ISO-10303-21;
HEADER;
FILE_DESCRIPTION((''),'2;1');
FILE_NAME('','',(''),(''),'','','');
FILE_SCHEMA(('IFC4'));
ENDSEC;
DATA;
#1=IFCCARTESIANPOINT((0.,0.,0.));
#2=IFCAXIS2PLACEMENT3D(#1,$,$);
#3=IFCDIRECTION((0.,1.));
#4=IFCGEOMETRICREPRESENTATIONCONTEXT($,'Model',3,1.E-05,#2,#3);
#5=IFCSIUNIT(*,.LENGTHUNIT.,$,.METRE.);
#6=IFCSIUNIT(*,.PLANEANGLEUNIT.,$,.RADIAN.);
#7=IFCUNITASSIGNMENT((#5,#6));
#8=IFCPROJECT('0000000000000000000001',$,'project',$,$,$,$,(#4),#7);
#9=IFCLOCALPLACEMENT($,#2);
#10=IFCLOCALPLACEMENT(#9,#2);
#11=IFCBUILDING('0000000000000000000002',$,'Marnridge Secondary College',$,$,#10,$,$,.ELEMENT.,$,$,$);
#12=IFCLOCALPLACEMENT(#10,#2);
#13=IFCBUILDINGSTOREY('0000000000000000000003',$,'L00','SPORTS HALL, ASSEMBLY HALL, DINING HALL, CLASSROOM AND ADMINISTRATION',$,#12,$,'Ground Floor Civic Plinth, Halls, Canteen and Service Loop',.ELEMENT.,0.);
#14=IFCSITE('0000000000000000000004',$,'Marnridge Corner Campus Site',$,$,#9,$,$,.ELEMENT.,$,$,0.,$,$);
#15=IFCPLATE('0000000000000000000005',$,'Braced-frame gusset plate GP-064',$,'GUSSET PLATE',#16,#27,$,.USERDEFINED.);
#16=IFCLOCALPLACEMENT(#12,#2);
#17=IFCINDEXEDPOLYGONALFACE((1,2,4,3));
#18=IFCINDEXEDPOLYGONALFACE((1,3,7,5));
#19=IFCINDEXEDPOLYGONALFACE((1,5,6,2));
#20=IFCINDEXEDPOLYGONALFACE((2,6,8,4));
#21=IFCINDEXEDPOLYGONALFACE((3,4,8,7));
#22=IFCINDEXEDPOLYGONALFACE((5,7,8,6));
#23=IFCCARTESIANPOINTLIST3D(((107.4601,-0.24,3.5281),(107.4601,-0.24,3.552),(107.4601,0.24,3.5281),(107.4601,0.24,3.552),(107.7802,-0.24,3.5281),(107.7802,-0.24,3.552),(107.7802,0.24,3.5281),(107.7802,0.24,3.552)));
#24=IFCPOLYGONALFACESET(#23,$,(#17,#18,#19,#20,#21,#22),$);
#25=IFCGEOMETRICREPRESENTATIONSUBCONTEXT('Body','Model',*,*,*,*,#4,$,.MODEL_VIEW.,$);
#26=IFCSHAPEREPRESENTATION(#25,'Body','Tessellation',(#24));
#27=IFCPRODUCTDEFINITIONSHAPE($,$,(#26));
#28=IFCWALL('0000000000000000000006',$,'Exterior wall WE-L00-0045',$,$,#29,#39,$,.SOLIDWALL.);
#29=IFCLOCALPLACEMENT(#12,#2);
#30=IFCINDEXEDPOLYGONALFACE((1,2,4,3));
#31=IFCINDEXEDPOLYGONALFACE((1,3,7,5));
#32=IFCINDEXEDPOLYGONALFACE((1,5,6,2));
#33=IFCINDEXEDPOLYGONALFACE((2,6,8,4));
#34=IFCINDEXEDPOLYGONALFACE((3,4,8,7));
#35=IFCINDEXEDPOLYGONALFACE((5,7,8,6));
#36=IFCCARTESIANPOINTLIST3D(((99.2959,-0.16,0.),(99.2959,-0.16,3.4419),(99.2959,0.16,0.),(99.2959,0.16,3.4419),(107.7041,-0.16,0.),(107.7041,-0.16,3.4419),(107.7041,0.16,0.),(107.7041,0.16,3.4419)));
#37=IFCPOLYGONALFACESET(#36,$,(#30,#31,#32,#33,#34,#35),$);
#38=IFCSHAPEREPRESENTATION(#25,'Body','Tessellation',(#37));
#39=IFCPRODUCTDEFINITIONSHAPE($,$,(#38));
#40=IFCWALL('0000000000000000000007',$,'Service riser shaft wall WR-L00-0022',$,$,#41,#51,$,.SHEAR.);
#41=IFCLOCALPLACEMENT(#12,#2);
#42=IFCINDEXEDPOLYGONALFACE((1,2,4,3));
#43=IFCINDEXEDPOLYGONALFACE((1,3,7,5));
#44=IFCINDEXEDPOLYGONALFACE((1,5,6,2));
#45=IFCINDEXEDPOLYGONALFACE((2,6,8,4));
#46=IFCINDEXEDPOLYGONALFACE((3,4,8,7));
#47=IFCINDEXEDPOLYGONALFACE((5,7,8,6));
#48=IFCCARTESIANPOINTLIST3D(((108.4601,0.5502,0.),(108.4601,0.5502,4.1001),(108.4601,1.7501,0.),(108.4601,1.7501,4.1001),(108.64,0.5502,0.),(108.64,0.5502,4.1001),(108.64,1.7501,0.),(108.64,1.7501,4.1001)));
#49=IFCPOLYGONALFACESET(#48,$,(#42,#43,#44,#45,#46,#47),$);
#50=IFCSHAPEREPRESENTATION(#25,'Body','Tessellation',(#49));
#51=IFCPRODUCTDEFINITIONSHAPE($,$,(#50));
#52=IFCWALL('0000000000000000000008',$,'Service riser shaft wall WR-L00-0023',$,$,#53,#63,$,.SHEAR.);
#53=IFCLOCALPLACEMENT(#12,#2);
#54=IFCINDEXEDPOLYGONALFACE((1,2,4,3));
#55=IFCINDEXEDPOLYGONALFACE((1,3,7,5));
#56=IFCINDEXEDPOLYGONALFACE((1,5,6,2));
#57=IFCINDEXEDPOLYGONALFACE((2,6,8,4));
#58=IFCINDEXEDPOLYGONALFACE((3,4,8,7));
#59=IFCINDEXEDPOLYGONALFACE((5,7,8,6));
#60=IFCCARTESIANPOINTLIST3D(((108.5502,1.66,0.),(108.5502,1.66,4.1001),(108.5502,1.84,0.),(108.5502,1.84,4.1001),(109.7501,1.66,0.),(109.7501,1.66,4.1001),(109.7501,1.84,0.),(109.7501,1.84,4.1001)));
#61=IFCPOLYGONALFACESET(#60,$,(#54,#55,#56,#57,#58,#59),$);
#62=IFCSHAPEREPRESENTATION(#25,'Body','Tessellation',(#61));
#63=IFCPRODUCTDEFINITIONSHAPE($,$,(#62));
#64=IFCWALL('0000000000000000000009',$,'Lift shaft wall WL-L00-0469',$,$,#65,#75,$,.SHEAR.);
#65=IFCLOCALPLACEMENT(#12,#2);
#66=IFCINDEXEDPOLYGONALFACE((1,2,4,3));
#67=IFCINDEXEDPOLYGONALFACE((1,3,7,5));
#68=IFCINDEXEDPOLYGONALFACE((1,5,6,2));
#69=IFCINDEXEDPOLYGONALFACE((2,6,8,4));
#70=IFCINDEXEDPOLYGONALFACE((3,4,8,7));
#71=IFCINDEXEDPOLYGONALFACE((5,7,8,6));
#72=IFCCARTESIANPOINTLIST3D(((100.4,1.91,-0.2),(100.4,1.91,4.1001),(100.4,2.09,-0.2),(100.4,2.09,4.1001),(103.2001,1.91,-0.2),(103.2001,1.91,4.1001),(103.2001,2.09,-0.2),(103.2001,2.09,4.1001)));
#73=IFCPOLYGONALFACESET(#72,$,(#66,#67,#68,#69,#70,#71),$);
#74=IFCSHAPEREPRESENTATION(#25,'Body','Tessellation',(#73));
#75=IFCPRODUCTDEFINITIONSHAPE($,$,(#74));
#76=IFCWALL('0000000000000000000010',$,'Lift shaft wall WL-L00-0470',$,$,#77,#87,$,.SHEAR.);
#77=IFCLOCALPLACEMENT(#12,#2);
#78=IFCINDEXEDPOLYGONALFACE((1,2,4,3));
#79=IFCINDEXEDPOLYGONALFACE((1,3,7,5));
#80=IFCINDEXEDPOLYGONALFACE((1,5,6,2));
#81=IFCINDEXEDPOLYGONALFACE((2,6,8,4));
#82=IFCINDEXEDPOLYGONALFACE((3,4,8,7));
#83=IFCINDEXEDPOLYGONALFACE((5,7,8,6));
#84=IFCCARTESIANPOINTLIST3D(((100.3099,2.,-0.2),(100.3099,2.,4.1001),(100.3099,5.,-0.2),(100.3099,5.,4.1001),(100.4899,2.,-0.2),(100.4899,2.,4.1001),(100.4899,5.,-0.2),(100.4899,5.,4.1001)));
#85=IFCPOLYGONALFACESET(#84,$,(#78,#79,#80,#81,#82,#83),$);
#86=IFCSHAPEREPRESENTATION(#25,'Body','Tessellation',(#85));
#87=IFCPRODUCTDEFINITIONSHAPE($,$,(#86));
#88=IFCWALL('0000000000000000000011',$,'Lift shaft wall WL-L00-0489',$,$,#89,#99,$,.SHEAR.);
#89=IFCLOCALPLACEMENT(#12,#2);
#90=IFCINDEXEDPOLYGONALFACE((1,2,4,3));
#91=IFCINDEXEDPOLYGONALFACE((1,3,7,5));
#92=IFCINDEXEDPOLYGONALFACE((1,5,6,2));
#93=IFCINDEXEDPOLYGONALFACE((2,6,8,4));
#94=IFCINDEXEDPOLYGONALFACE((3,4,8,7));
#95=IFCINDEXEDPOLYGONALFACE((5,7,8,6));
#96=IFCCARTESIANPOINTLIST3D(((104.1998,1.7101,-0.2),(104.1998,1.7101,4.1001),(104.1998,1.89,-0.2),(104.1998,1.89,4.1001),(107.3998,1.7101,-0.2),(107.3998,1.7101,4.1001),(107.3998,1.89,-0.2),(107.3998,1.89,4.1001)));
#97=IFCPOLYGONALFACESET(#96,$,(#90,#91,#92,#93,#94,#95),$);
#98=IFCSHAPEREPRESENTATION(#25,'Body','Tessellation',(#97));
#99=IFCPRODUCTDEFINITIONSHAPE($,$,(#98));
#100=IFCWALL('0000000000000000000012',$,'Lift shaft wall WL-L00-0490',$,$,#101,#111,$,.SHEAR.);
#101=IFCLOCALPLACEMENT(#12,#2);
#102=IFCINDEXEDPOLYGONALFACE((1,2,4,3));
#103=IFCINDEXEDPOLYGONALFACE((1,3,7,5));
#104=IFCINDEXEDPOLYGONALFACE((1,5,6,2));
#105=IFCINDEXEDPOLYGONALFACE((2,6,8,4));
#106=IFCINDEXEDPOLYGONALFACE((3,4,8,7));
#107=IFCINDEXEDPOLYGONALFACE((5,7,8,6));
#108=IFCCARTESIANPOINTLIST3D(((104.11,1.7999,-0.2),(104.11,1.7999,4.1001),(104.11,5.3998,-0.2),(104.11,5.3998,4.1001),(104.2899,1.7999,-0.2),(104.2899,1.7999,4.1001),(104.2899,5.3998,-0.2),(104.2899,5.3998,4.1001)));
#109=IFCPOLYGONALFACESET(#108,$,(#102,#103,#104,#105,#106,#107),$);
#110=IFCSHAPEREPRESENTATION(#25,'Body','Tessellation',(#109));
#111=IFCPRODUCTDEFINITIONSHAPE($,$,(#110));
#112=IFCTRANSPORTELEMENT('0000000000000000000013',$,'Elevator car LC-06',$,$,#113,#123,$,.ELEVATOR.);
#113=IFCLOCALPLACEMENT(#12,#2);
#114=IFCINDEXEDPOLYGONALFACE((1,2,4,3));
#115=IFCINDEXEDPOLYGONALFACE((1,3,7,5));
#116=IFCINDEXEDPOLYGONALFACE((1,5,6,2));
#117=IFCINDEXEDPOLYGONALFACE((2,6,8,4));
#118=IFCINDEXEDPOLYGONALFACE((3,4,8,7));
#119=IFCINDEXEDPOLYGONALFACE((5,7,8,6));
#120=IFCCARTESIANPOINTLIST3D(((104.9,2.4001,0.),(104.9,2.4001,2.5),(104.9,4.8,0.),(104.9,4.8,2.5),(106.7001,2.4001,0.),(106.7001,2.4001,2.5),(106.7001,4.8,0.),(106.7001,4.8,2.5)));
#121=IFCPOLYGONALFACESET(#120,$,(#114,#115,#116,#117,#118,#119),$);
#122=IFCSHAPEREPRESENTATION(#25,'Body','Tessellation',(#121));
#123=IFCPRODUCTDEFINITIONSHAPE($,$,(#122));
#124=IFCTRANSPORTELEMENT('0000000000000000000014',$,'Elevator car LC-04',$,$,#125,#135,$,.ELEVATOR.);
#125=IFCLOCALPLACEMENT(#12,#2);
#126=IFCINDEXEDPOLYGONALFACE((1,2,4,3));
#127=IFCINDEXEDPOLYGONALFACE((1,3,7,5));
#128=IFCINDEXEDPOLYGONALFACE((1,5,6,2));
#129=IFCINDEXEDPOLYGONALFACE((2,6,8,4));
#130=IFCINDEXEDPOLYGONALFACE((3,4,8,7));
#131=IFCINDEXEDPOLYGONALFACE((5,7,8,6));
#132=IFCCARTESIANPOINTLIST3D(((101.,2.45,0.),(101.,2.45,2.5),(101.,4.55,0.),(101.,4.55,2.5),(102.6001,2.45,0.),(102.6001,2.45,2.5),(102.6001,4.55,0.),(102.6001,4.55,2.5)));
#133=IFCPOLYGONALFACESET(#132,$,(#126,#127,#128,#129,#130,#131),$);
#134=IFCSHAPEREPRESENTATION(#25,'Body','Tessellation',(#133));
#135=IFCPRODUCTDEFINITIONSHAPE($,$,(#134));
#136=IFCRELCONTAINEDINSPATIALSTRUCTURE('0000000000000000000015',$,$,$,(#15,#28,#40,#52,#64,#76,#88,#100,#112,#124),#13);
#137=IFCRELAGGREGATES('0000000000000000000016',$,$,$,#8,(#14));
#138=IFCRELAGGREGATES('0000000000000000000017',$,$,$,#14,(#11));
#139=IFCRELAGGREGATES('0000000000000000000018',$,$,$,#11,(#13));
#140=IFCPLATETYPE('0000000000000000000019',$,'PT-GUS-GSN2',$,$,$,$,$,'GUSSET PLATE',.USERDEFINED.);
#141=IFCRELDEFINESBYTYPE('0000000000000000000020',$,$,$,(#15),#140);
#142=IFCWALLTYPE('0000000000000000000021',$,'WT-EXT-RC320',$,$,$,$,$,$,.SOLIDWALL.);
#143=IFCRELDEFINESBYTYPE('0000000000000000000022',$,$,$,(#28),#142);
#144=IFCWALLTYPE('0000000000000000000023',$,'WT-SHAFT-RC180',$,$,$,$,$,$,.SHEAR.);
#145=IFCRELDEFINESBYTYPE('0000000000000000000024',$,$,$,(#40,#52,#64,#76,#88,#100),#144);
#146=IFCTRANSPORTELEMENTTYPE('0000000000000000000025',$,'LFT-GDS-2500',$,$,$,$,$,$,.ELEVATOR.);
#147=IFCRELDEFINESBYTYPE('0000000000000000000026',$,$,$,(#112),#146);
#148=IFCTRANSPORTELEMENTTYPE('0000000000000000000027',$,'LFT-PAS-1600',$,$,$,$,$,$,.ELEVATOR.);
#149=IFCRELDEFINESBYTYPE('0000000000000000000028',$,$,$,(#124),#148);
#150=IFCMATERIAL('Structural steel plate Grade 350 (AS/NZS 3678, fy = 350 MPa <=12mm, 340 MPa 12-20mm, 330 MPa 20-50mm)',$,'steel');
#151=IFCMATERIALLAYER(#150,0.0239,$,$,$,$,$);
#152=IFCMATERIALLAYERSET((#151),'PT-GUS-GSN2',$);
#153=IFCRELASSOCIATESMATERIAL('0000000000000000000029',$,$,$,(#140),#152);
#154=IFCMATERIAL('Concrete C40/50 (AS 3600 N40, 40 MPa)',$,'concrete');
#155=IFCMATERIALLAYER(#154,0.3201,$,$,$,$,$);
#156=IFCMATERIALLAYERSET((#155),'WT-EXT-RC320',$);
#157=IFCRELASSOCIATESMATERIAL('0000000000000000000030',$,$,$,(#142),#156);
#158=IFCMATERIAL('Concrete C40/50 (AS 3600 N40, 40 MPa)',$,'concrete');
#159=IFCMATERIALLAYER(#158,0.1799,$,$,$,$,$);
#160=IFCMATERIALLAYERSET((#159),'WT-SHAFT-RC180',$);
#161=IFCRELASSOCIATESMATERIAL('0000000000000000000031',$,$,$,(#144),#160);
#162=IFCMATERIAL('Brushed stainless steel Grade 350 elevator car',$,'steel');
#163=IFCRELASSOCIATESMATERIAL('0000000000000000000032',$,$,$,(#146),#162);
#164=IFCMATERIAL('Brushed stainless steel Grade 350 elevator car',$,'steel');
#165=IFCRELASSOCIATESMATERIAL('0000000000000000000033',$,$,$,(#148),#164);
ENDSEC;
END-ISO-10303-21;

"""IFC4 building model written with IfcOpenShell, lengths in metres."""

from ifc_helpers import new_model, si_unit, direction, frame, frame_2d, origin, origin_2d, place, context, subcontext, project, spatial, rectangle, extrude, material, layer, layer_set, type_object, element, save


model = new_model("IFC4")

# Units and contexts
model_context = context("Model", 3, precision=1e-05, world=origin(), true_north=direction((0.0, 1.0)))
body_context = subcontext(model_context, "Body", "Model", "MODEL_VIEW")
ifc_project = project(units=[si_unit("LENGTHUNIT", "METRE"), si_unit("PLANEANGLEUNIT", "RADIAN")], contexts=[model_context])

# Site, building, storey
site_placement = place(None, origin())
site = spatial("IfcSite", under=ifc_project, at=site_placement, Name="Marnridge Corner Campus Site", CompositionType="ELEMENT", RefElevation=0.0)
building_placement = place(site_placement, origin())
building = spatial("IfcBuilding", under=site, at=building_placement, Name="Marnridge Secondary College", CompositionType="ELEMENT")
storey_placement = place(building_placement, origin())
storey = spatial("IfcBuildingStorey", under=building, at=storey_placement, Name="L00", Description="SPORTS HALL, ASSEMBLY HALL, DINING HALL, CLASSROOM AND ADMINISTRATION", LongName="Ground Floor Civic Plinth, Halls, Canteen and Service Loop", CompositionType="ELEMENT", Elevation=0.0)

# Plate
ifc_material_1 = material(Name="Structural steel plate Grade 350 (AS/NZS 3678, fy = 350 MPa <=12mm, 340 MPa 12-20mm, 330 MPa 20-50mm)", Category="steel")
ifc_layer_1 = layer(ifc_material_1, 0.0239)
ifc_layer_set_1 = layer_set([ifc_layer_1], Name="PT-GUS-GSN2")
plate_type_1 = type_object("IfcPlateType", Name="PT-GUS-GSN2", ElementType="GUSSET PLATE", PredefinedType="USERDEFINED", material=ifc_layer_set_1)
for number, where, z_axis, x_axis, name in (
    (1, (107.6201, 0.0, 3.5281), (0.0, 0.0, 1.0), (0.0, 1.0, 0.0), "Braced-frame gusset plate GP-064"),
):
    element("IfcPlate", number, at=place(storey_placement, frame(where, z_axis=z_axis, x_axis=x_axis)), inside=storey, type_object=plate_type_1, Name=name, ObjectType="GUSSET PLATE", PredefinedType="USERDEFINED", context=body_context, shape_type="SweptSolid", body=[
        extrude(rectangle(XDim=0.48, YDim=0.3201, at=origin_2d()), origin(), (0.0, 0.0, 1.0), 0.0239),
    ])

# Walls
ifc_material_2 = material(Name="Concrete C40/50 (AS 3600 N40, 40 MPa)", Category="concrete")
ifc_layer_2 = layer(ifc_material_2, 0.3201)
ifc_layer_set_2 = layer_set([ifc_layer_2], Name="WT-EXT-RC320")
wall_type_1 = type_object("IfcWallType", Name="WT-EXT-RC320", PredefinedType="SOLIDWALL", material=ifc_layer_set_2)
wall_1_placement = place(storey_placement, frame((107.7041, 0.0, 0.0), z_axis=(0.0, 0.0, 1.0), x_axis=(-1.0, 0.0, 0.0)))
element("IfcWall", 2, at=wall_1_placement, inside=storey, type_object=wall_type_1, Name="Exterior wall WE-L00-0045", PredefinedType="SOLIDWALL", context=body_context, shape_type="SweptSolid", body=[
    extrude(rectangle(XDim=8.4082, YDim=0.3201, at=frame_2d((4.2041, 0.0))), origin(), (0.0, 0.0, 1.0), 3.4419),
])
ifc_material_3 = material(Name="Concrete C40/50 (AS 3600 N40, 40 MPa)", Category="concrete")
ifc_layer_3 = layer(ifc_material_3, 0.1799)
ifc_layer_set_3 = layer_set([ifc_layer_3], Name="WT-SHAFT-RC180")
wall_type_2 = type_object("IfcWallType", Name="WT-SHAFT-RC180", PredefinedType="SHEAR", material=ifc_layer_set_3)
for number, where, z_axis, x_axis, name in (
    (3, (108.55, 0.55, 0.0), (0.0, 0.0, 1.0), (0.0, 1.0, 0.0), "Service riser shaft wall WR-L00-0022"),
    (4, (108.55, 1.75, 0.0), (0.0, 0.0, 1.0), (1.0, 0.0, 0.0), "Service riser shaft wall WR-L00-0023"),
):
    element("IfcWall", number, at=place(storey_placement, frame(where, z_axis=z_axis, x_axis=x_axis)), inside=storey, type_object=wall_type_2, Name=name, PredefinedType="SHEAR", context=body_context, shape_type="SweptSolid", body=[
        extrude(rectangle(XDim=1.2, YDim=0.1799, at=frame_2d((0.6001, 0.0))), origin(), (0.0, 0.0, 1.0), 4.1001),
    ])
wall_2_placement = place(storey_placement, frame((103.2, 2.0, -0.2), z_axis=(0.0, 0.0, 1.0), x_axis=(-1.0, 0.0, 0.0)))
element("IfcWall", 5, at=wall_2_placement, inside=storey, type_object=wall_type_2, Name="Lift shaft wall WL-L00-0469", PredefinedType="SHEAR", context=body_context, shape_type="SweptSolid", body=[
    extrude(rectangle(XDim=2.8, YDim=0.1799, at=frame_2d((1.3999, 0.0))), origin(), (0.0, 0.0, 1.0), 4.3),
])
wall_3_placement = place(storey_placement, frame((100.3999, 2.0, -0.2), z_axis=(0.0, 0.0, 1.0), x_axis=(0.0, 1.0, 0.0)))
element("IfcWall", 6, at=wall_3_placement, inside=storey, type_object=wall_type_2, Name="Lift shaft wall WL-L00-0470", PredefinedType="SHEAR", context=body_context, shape_type="SweptSolid", body=[
    extrude(rectangle(XDim=3.0, YDim=0.1799, at=frame_2d((1.5, 0.0))), origin(), (0.0, 0.0, 1.0), 4.3),
])
wall_4_placement = place(storey_placement, frame((107.3999, 1.8, -0.2), z_axis=(0.0, 0.0, 1.0), x_axis=(-1.0, 0.0, 0.0)))
element("IfcWall", 7, at=wall_4_placement, inside=storey, type_object=wall_type_2, Name="Lift shaft wall WL-L00-0489", PredefinedType="SHEAR", context=body_context, shape_type="SweptSolid", body=[
    extrude(rectangle(XDim=3.2, YDim=0.1799, at=frame_2d((1.6001, 0.0))), origin(), (0.0, 0.0, 1.0), 4.3),
])
wall_5_placement = place(storey_placement, frame((104.2, 1.8, -0.2), z_axis=(0.0, 0.0, 1.0), x_axis=(0.0, 1.0, 0.0)))
element("IfcWall", 8, at=wall_5_placement, inside=storey, type_object=wall_type_2, Name="Lift shaft wall WL-L00-0490", PredefinedType="SHEAR", context=body_context, shape_type="SweptSolid", body=[
    extrude(rectangle(XDim=3.5999, YDim=0.1799, at=frame_2d((1.7998, 0.0))), origin(), (0.0, 0.0, 1.0), 4.3),
])

# Transport elements
ifc_material_4 = material(Name="Brushed stainless steel Grade 350 elevator car", Category="steel")
transport_element_type_1 = type_object("IfcTransportElementType", Name="LFT-GDS-2500", PredefinedType="ELEVATOR", material=ifc_material_4)
transport_element_1_placement = place(storey_placement, frame((105.8, 3.6001, 0.0), z_axis=(0.0, 0.0, 1.0), x_axis=(1.0, 0.0, 0.0)))
element("IfcTransportElement", 9, at=transport_element_1_placement, inside=storey, type_object=transport_element_type_1, Name="Elevator car LC-06", PredefinedType="ELEVATOR", context=body_context, shape_type="SweptSolid", body=[
    extrude(rectangle(XDim=1.8, YDim=2.3999, at=origin_2d()), origin(), (0.0, 0.0, 1.0), 2.5),
])
ifc_material_5 = material(Name="Brushed stainless steel Grade 350 elevator car", Category="steel")
transport_element_type_2 = type_object("IfcTransportElementType", Name="LFT-PAS-1600", PredefinedType="ELEVATOR", material=ifc_material_5)
transport_element_2_placement = place(storey_placement, frame((101.8, 3.5, 0.0), z_axis=(0.0, 0.0, 1.0), x_axis=(1.0, 0.0, 0.0)))
element("IfcTransportElement", 10, at=transport_element_2_placement, inside=storey, type_object=transport_element_type_2, Name="Elevator car LC-04", PredefinedType="ELEVATOR", context=body_context, shape_type="SweptSolid", body=[
    extrude(rectangle(XDim=1.6001, YDim=2.1001, at=origin_2d()), origin(), (0.0, 0.0, 1.0), 2.5),
])

save(model, "model.ifc")
